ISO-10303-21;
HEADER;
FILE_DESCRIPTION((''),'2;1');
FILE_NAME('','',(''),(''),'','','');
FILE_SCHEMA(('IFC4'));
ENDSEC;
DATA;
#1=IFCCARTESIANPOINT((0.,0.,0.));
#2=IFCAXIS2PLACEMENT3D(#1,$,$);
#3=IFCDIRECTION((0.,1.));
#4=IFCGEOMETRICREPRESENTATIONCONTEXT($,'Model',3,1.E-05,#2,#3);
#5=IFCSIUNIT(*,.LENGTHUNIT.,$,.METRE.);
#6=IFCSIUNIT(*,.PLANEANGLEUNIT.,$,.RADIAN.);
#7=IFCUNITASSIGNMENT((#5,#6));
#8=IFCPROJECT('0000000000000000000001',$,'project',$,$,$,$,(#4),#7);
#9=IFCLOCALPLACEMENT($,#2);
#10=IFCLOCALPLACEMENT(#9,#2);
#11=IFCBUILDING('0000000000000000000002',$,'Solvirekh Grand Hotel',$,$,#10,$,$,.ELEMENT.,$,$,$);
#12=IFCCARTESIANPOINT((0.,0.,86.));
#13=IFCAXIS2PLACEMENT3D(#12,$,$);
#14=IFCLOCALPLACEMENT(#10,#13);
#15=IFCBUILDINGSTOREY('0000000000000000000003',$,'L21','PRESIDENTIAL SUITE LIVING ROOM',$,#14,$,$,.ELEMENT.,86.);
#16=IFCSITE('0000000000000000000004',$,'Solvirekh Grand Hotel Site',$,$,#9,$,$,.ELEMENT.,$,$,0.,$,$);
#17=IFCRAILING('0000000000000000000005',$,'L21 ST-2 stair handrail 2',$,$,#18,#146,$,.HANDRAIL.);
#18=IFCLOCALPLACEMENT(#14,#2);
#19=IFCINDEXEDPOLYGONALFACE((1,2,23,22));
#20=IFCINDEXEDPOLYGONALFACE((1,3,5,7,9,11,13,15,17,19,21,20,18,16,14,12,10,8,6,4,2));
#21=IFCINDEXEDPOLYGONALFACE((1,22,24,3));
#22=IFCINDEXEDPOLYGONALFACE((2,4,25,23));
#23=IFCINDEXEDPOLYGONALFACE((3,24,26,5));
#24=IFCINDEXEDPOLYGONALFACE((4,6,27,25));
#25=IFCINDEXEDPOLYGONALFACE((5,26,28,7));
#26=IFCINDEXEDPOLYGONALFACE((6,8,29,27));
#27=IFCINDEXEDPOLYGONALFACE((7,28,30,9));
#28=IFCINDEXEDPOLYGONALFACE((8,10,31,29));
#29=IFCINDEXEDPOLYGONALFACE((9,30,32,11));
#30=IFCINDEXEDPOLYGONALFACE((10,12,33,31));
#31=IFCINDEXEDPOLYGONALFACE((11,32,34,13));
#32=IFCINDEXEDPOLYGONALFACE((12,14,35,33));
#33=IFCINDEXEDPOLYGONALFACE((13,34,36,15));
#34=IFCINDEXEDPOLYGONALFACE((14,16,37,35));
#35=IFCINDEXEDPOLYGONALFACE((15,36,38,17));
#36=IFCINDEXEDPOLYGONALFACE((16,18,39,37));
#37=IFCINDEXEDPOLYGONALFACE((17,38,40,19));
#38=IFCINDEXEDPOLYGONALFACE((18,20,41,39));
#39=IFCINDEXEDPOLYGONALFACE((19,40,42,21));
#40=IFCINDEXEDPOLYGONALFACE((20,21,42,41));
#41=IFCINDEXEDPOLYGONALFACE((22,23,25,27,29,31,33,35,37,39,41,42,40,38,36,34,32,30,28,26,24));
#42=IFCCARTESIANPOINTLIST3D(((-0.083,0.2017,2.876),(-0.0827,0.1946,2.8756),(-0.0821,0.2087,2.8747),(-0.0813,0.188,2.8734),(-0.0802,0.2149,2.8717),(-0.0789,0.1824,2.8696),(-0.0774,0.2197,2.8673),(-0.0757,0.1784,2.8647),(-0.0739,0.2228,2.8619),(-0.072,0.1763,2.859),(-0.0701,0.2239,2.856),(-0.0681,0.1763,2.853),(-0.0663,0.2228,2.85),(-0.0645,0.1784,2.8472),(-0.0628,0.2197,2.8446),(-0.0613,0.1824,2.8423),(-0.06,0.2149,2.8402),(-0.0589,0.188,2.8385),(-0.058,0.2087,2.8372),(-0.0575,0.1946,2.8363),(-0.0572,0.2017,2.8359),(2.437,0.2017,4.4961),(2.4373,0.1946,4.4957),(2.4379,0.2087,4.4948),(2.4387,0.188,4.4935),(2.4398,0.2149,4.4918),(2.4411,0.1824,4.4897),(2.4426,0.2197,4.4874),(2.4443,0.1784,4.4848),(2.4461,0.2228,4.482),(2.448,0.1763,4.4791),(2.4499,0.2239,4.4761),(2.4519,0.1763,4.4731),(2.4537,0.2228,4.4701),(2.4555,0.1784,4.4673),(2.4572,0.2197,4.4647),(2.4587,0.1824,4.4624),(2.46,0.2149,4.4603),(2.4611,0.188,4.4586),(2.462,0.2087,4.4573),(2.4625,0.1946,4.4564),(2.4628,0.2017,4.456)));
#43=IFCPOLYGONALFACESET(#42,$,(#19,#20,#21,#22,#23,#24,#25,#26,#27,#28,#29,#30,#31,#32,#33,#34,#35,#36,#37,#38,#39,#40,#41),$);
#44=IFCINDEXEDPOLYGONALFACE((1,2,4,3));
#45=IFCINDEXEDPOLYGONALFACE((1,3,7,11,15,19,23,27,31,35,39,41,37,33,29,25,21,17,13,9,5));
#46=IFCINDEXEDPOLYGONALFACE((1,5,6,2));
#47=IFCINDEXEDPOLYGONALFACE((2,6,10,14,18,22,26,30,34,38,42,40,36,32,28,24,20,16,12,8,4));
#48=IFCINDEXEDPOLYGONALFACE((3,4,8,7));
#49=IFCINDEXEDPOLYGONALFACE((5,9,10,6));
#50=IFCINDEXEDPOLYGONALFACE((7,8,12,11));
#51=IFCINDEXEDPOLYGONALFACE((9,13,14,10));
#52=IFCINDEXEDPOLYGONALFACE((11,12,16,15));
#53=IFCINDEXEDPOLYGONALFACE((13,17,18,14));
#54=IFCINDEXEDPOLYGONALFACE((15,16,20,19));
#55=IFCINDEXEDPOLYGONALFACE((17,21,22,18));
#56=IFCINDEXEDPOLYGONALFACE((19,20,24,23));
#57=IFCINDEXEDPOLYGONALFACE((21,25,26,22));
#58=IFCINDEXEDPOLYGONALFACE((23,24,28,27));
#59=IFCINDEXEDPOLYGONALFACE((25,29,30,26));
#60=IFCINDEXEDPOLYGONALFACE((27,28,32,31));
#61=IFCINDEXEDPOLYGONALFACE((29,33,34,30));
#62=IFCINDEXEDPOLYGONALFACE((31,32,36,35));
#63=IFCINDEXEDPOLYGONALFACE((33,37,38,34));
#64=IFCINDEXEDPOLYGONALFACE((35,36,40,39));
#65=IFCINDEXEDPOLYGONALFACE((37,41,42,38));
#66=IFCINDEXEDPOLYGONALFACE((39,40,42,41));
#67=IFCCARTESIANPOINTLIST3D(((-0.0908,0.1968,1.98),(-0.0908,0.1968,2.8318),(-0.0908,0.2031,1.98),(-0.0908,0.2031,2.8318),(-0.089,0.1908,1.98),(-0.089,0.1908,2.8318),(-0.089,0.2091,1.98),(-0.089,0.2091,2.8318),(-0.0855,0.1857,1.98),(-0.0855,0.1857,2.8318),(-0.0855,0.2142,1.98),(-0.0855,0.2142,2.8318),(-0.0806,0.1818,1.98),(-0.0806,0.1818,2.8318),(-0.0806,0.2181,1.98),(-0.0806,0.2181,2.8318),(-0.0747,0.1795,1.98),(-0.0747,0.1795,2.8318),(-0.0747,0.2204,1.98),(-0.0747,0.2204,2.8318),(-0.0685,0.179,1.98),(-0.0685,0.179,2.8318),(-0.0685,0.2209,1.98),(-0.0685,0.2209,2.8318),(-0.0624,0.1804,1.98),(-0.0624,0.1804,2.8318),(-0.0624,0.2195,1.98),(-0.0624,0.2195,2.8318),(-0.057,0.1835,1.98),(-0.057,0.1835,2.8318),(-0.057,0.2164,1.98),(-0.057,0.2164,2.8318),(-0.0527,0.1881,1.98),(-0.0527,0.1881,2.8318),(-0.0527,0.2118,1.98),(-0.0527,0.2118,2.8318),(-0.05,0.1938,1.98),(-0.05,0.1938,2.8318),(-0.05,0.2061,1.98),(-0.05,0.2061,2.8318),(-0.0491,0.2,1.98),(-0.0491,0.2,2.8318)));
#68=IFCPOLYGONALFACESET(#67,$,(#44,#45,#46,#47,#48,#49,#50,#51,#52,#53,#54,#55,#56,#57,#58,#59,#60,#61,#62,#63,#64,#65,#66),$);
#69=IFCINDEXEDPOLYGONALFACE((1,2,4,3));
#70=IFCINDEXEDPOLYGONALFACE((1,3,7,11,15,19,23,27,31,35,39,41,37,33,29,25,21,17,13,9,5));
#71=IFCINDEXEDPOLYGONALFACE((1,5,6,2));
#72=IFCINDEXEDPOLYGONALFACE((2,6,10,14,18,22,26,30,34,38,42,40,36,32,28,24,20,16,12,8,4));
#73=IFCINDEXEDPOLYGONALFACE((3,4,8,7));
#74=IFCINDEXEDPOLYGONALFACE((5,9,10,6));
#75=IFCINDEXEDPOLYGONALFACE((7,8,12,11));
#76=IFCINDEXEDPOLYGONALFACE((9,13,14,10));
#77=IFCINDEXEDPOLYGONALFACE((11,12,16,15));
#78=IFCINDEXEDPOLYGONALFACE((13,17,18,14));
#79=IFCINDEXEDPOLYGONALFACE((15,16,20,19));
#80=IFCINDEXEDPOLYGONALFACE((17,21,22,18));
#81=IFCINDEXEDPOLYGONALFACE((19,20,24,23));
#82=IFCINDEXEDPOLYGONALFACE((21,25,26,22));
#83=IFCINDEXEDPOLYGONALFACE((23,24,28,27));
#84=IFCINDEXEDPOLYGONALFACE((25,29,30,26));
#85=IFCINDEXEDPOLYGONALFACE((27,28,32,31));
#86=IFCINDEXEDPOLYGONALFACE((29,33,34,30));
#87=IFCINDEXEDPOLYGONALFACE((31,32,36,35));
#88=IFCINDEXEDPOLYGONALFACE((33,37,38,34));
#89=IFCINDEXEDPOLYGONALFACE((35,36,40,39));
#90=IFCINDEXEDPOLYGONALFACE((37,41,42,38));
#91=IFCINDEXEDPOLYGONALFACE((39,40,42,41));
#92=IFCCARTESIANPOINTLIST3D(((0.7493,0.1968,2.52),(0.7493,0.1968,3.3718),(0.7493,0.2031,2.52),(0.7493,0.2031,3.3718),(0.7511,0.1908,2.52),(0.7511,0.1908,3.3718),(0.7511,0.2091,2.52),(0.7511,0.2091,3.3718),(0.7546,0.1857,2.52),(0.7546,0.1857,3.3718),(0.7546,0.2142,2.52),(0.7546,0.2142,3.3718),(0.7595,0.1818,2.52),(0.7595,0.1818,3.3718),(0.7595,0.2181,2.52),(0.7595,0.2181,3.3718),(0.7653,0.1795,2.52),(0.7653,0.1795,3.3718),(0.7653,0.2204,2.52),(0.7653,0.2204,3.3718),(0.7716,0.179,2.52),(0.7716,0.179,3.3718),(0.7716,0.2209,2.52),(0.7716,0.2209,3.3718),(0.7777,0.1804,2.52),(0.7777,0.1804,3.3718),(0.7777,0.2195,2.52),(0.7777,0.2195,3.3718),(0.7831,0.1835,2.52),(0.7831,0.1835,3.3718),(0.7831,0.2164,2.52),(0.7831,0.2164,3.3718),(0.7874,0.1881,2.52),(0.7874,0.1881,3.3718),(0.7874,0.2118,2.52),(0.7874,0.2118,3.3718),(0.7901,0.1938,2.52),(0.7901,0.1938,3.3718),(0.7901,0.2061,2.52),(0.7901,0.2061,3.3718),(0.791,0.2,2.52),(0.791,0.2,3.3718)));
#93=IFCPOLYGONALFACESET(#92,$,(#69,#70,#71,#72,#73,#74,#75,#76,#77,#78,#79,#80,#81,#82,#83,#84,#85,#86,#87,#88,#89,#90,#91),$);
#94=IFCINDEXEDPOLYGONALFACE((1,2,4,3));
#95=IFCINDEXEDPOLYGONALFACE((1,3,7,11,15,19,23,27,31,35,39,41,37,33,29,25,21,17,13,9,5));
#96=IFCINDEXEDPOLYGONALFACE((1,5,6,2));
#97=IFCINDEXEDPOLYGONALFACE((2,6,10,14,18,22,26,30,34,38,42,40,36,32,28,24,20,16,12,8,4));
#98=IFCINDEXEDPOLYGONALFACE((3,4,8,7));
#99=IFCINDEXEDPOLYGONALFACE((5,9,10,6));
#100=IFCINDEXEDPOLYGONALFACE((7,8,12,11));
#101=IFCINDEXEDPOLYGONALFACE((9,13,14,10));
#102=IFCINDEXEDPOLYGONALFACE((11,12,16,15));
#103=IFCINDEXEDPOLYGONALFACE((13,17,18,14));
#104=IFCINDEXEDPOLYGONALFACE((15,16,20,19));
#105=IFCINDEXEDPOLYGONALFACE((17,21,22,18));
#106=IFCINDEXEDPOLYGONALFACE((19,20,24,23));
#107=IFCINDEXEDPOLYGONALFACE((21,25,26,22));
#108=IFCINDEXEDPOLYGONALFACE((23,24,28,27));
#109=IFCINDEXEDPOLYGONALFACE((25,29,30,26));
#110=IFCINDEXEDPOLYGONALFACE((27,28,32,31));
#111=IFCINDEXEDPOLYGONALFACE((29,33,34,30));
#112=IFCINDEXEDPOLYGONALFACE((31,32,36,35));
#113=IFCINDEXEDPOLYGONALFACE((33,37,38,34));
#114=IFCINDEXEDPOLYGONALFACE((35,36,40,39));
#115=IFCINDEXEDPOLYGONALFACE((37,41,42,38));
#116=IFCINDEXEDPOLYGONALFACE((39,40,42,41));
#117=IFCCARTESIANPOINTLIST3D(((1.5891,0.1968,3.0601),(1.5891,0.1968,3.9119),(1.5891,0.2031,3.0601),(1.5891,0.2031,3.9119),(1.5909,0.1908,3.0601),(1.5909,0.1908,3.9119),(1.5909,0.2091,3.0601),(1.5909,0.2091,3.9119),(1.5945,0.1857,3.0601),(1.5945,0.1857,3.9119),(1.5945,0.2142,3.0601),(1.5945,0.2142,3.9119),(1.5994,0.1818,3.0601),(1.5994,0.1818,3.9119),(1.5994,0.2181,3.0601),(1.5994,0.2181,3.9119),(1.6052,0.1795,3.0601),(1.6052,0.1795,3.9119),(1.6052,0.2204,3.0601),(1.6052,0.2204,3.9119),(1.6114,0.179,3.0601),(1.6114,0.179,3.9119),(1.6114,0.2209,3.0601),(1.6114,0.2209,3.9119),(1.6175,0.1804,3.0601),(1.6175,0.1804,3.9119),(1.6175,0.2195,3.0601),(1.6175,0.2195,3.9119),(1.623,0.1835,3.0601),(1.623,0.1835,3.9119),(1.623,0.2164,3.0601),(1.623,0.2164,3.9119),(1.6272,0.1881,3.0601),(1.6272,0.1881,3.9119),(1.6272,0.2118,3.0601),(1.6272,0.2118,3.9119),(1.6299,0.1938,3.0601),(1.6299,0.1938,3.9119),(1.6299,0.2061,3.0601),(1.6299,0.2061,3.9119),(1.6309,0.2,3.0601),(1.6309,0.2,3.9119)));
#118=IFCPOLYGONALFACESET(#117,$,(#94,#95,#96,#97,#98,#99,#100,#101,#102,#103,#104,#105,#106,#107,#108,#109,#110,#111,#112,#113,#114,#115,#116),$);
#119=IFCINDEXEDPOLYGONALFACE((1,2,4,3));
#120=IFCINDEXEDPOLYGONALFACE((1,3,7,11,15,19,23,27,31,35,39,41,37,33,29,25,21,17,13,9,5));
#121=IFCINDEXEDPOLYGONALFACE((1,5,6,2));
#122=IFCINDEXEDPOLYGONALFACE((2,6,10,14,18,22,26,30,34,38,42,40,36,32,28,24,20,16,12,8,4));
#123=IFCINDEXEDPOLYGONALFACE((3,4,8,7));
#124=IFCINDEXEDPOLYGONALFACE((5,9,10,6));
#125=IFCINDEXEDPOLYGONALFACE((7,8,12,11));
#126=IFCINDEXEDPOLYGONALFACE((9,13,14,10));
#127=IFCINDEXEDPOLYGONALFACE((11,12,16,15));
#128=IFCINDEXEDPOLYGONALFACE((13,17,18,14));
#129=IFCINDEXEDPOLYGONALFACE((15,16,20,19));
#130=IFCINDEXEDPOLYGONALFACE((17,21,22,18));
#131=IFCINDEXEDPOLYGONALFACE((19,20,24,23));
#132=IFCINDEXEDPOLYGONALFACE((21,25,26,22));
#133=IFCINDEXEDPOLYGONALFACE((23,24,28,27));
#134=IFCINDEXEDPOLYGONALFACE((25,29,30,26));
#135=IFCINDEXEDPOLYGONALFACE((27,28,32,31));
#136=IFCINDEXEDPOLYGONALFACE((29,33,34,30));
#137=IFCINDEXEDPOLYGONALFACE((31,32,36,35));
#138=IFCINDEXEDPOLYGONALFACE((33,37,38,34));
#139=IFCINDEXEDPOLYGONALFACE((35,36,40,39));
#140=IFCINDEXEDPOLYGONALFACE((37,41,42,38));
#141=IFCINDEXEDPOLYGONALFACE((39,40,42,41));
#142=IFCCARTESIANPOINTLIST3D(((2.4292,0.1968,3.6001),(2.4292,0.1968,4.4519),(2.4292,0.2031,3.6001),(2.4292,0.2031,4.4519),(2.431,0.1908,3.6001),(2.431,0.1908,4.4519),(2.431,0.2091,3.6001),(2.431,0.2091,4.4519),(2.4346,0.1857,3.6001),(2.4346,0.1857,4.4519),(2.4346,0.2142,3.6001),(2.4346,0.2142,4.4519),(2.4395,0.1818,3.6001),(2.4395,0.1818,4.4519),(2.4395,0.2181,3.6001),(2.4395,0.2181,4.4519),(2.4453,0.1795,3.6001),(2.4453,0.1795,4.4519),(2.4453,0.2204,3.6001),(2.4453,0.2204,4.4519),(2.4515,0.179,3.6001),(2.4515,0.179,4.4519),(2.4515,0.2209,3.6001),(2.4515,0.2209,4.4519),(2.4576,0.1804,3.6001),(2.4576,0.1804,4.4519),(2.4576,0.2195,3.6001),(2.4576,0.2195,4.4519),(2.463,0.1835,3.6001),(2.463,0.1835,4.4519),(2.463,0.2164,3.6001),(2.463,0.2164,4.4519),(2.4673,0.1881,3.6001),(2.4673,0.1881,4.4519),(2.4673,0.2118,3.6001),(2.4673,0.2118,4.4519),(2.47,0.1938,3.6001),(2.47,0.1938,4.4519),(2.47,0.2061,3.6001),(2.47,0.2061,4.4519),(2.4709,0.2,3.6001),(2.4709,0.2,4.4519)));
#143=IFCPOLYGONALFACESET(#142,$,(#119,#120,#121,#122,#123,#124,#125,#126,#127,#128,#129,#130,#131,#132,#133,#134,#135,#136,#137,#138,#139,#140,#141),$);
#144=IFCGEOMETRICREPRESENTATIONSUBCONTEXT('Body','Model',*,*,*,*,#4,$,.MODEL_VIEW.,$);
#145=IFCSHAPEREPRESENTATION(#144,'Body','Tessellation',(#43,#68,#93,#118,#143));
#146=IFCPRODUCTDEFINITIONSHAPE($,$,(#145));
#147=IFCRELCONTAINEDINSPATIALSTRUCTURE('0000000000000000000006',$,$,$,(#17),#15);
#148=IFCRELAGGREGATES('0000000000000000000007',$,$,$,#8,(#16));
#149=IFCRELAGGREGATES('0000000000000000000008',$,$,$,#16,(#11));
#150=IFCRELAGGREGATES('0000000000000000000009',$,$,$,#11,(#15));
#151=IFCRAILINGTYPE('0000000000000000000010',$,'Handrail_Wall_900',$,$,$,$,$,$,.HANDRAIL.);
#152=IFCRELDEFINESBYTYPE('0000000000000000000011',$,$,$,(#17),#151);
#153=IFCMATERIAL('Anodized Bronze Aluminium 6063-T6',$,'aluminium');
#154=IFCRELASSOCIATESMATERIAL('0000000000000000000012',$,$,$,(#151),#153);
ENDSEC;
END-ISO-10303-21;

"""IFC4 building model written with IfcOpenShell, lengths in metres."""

from ifc_helpers import new_model, si_unit, direction, frame, origin, origin_2d, place, context, subcontext, project, spatial, circle, extrude, material, type_object, element, save


model = new_model("IFC4")

# Units and contexts
model_context = context("Model", 3, precision=1e-05, world=origin(), true_north=direction((0.0, 1.0)))
body_context = subcontext(model_context, "Body", "Model", "MODEL_VIEW")
ifc_project = project(units=[si_unit("LENGTHUNIT", "METRE"), si_unit("PLANEANGLEUNIT", "RADIAN")], contexts=[model_context])

# Site, building, storey
site_placement = place(None, origin())
site = spatial("IfcSite", under=ifc_project, at=site_placement, Name="Solvirekh Grand Hotel Site", CompositionType="ELEMENT", RefElevation=0.0)
building_placement = place(site_placement, origin())
building = spatial("IfcBuilding", under=site, at=building_placement, Name="Solvirekh Grand Hotel", CompositionType="ELEMENT")
storey_placement = place(building_placement, frame((0.0, 0.0, 86.0)))
storey = spatial("IfcBuildingStorey", under=building, at=storey_placement, Name="L21", Description="PRESIDENTIAL SUITE LIVING ROOM", CompositionType="ELEMENT", Elevation=86.0)

# Shared definitions
ifc_material_1 = material(Name="Anodized Bronze Aluminium 6063-T6", Category="aluminium")

# Railing
railing_type_1 = type_object("IfcRailingType", Name="Handrail_Wall_900", PredefinedType="HANDRAIL", material=ifc_material_1)
railing_1_placement = place(storey_placement, frame((-0.0701, 0.2, 1.98)))
element("IfcRailing", 1, at=railing_1_placement, inside=storey, type_object=railing_type_1, Name="L21 ST-2 stair handrail 2", PredefinedType="HANDRAIL", context=body_context, shape_type="SweptSolid", body=[
    extrude(circle(Radius=0.0239, at=origin_2d()), frame((0.0, 0.0, 0.876), z_axis=(0.841163, 0.0, 0.540782), x_axis=(0.0, 1.0, 0.0)), (0.0, 0.0, 1.0), 2.9958),
    extrude(circle(Radius=0.021, at=origin_2d()), origin(), (0.0, 0.0, 1.0), 0.8518),
    extrude(circle(Radius=0.021, at=origin_2d()), frame((0.8401, 0.0, 0.54)), (0.0, 0.0, 1.0), 0.8518),
    extrude(circle(Radius=0.021, at=origin_2d()), frame((1.6799, 0.0, 1.0801)), (0.0, 0.0, 1.0), 0.8518),
    extrude(circle(Radius=0.021, at=origin_2d()), frame((2.52, 0.0, 1.6201)), (0.0, 0.0, 1.0), 0.8518),
])

save(model, "model.ifc")
